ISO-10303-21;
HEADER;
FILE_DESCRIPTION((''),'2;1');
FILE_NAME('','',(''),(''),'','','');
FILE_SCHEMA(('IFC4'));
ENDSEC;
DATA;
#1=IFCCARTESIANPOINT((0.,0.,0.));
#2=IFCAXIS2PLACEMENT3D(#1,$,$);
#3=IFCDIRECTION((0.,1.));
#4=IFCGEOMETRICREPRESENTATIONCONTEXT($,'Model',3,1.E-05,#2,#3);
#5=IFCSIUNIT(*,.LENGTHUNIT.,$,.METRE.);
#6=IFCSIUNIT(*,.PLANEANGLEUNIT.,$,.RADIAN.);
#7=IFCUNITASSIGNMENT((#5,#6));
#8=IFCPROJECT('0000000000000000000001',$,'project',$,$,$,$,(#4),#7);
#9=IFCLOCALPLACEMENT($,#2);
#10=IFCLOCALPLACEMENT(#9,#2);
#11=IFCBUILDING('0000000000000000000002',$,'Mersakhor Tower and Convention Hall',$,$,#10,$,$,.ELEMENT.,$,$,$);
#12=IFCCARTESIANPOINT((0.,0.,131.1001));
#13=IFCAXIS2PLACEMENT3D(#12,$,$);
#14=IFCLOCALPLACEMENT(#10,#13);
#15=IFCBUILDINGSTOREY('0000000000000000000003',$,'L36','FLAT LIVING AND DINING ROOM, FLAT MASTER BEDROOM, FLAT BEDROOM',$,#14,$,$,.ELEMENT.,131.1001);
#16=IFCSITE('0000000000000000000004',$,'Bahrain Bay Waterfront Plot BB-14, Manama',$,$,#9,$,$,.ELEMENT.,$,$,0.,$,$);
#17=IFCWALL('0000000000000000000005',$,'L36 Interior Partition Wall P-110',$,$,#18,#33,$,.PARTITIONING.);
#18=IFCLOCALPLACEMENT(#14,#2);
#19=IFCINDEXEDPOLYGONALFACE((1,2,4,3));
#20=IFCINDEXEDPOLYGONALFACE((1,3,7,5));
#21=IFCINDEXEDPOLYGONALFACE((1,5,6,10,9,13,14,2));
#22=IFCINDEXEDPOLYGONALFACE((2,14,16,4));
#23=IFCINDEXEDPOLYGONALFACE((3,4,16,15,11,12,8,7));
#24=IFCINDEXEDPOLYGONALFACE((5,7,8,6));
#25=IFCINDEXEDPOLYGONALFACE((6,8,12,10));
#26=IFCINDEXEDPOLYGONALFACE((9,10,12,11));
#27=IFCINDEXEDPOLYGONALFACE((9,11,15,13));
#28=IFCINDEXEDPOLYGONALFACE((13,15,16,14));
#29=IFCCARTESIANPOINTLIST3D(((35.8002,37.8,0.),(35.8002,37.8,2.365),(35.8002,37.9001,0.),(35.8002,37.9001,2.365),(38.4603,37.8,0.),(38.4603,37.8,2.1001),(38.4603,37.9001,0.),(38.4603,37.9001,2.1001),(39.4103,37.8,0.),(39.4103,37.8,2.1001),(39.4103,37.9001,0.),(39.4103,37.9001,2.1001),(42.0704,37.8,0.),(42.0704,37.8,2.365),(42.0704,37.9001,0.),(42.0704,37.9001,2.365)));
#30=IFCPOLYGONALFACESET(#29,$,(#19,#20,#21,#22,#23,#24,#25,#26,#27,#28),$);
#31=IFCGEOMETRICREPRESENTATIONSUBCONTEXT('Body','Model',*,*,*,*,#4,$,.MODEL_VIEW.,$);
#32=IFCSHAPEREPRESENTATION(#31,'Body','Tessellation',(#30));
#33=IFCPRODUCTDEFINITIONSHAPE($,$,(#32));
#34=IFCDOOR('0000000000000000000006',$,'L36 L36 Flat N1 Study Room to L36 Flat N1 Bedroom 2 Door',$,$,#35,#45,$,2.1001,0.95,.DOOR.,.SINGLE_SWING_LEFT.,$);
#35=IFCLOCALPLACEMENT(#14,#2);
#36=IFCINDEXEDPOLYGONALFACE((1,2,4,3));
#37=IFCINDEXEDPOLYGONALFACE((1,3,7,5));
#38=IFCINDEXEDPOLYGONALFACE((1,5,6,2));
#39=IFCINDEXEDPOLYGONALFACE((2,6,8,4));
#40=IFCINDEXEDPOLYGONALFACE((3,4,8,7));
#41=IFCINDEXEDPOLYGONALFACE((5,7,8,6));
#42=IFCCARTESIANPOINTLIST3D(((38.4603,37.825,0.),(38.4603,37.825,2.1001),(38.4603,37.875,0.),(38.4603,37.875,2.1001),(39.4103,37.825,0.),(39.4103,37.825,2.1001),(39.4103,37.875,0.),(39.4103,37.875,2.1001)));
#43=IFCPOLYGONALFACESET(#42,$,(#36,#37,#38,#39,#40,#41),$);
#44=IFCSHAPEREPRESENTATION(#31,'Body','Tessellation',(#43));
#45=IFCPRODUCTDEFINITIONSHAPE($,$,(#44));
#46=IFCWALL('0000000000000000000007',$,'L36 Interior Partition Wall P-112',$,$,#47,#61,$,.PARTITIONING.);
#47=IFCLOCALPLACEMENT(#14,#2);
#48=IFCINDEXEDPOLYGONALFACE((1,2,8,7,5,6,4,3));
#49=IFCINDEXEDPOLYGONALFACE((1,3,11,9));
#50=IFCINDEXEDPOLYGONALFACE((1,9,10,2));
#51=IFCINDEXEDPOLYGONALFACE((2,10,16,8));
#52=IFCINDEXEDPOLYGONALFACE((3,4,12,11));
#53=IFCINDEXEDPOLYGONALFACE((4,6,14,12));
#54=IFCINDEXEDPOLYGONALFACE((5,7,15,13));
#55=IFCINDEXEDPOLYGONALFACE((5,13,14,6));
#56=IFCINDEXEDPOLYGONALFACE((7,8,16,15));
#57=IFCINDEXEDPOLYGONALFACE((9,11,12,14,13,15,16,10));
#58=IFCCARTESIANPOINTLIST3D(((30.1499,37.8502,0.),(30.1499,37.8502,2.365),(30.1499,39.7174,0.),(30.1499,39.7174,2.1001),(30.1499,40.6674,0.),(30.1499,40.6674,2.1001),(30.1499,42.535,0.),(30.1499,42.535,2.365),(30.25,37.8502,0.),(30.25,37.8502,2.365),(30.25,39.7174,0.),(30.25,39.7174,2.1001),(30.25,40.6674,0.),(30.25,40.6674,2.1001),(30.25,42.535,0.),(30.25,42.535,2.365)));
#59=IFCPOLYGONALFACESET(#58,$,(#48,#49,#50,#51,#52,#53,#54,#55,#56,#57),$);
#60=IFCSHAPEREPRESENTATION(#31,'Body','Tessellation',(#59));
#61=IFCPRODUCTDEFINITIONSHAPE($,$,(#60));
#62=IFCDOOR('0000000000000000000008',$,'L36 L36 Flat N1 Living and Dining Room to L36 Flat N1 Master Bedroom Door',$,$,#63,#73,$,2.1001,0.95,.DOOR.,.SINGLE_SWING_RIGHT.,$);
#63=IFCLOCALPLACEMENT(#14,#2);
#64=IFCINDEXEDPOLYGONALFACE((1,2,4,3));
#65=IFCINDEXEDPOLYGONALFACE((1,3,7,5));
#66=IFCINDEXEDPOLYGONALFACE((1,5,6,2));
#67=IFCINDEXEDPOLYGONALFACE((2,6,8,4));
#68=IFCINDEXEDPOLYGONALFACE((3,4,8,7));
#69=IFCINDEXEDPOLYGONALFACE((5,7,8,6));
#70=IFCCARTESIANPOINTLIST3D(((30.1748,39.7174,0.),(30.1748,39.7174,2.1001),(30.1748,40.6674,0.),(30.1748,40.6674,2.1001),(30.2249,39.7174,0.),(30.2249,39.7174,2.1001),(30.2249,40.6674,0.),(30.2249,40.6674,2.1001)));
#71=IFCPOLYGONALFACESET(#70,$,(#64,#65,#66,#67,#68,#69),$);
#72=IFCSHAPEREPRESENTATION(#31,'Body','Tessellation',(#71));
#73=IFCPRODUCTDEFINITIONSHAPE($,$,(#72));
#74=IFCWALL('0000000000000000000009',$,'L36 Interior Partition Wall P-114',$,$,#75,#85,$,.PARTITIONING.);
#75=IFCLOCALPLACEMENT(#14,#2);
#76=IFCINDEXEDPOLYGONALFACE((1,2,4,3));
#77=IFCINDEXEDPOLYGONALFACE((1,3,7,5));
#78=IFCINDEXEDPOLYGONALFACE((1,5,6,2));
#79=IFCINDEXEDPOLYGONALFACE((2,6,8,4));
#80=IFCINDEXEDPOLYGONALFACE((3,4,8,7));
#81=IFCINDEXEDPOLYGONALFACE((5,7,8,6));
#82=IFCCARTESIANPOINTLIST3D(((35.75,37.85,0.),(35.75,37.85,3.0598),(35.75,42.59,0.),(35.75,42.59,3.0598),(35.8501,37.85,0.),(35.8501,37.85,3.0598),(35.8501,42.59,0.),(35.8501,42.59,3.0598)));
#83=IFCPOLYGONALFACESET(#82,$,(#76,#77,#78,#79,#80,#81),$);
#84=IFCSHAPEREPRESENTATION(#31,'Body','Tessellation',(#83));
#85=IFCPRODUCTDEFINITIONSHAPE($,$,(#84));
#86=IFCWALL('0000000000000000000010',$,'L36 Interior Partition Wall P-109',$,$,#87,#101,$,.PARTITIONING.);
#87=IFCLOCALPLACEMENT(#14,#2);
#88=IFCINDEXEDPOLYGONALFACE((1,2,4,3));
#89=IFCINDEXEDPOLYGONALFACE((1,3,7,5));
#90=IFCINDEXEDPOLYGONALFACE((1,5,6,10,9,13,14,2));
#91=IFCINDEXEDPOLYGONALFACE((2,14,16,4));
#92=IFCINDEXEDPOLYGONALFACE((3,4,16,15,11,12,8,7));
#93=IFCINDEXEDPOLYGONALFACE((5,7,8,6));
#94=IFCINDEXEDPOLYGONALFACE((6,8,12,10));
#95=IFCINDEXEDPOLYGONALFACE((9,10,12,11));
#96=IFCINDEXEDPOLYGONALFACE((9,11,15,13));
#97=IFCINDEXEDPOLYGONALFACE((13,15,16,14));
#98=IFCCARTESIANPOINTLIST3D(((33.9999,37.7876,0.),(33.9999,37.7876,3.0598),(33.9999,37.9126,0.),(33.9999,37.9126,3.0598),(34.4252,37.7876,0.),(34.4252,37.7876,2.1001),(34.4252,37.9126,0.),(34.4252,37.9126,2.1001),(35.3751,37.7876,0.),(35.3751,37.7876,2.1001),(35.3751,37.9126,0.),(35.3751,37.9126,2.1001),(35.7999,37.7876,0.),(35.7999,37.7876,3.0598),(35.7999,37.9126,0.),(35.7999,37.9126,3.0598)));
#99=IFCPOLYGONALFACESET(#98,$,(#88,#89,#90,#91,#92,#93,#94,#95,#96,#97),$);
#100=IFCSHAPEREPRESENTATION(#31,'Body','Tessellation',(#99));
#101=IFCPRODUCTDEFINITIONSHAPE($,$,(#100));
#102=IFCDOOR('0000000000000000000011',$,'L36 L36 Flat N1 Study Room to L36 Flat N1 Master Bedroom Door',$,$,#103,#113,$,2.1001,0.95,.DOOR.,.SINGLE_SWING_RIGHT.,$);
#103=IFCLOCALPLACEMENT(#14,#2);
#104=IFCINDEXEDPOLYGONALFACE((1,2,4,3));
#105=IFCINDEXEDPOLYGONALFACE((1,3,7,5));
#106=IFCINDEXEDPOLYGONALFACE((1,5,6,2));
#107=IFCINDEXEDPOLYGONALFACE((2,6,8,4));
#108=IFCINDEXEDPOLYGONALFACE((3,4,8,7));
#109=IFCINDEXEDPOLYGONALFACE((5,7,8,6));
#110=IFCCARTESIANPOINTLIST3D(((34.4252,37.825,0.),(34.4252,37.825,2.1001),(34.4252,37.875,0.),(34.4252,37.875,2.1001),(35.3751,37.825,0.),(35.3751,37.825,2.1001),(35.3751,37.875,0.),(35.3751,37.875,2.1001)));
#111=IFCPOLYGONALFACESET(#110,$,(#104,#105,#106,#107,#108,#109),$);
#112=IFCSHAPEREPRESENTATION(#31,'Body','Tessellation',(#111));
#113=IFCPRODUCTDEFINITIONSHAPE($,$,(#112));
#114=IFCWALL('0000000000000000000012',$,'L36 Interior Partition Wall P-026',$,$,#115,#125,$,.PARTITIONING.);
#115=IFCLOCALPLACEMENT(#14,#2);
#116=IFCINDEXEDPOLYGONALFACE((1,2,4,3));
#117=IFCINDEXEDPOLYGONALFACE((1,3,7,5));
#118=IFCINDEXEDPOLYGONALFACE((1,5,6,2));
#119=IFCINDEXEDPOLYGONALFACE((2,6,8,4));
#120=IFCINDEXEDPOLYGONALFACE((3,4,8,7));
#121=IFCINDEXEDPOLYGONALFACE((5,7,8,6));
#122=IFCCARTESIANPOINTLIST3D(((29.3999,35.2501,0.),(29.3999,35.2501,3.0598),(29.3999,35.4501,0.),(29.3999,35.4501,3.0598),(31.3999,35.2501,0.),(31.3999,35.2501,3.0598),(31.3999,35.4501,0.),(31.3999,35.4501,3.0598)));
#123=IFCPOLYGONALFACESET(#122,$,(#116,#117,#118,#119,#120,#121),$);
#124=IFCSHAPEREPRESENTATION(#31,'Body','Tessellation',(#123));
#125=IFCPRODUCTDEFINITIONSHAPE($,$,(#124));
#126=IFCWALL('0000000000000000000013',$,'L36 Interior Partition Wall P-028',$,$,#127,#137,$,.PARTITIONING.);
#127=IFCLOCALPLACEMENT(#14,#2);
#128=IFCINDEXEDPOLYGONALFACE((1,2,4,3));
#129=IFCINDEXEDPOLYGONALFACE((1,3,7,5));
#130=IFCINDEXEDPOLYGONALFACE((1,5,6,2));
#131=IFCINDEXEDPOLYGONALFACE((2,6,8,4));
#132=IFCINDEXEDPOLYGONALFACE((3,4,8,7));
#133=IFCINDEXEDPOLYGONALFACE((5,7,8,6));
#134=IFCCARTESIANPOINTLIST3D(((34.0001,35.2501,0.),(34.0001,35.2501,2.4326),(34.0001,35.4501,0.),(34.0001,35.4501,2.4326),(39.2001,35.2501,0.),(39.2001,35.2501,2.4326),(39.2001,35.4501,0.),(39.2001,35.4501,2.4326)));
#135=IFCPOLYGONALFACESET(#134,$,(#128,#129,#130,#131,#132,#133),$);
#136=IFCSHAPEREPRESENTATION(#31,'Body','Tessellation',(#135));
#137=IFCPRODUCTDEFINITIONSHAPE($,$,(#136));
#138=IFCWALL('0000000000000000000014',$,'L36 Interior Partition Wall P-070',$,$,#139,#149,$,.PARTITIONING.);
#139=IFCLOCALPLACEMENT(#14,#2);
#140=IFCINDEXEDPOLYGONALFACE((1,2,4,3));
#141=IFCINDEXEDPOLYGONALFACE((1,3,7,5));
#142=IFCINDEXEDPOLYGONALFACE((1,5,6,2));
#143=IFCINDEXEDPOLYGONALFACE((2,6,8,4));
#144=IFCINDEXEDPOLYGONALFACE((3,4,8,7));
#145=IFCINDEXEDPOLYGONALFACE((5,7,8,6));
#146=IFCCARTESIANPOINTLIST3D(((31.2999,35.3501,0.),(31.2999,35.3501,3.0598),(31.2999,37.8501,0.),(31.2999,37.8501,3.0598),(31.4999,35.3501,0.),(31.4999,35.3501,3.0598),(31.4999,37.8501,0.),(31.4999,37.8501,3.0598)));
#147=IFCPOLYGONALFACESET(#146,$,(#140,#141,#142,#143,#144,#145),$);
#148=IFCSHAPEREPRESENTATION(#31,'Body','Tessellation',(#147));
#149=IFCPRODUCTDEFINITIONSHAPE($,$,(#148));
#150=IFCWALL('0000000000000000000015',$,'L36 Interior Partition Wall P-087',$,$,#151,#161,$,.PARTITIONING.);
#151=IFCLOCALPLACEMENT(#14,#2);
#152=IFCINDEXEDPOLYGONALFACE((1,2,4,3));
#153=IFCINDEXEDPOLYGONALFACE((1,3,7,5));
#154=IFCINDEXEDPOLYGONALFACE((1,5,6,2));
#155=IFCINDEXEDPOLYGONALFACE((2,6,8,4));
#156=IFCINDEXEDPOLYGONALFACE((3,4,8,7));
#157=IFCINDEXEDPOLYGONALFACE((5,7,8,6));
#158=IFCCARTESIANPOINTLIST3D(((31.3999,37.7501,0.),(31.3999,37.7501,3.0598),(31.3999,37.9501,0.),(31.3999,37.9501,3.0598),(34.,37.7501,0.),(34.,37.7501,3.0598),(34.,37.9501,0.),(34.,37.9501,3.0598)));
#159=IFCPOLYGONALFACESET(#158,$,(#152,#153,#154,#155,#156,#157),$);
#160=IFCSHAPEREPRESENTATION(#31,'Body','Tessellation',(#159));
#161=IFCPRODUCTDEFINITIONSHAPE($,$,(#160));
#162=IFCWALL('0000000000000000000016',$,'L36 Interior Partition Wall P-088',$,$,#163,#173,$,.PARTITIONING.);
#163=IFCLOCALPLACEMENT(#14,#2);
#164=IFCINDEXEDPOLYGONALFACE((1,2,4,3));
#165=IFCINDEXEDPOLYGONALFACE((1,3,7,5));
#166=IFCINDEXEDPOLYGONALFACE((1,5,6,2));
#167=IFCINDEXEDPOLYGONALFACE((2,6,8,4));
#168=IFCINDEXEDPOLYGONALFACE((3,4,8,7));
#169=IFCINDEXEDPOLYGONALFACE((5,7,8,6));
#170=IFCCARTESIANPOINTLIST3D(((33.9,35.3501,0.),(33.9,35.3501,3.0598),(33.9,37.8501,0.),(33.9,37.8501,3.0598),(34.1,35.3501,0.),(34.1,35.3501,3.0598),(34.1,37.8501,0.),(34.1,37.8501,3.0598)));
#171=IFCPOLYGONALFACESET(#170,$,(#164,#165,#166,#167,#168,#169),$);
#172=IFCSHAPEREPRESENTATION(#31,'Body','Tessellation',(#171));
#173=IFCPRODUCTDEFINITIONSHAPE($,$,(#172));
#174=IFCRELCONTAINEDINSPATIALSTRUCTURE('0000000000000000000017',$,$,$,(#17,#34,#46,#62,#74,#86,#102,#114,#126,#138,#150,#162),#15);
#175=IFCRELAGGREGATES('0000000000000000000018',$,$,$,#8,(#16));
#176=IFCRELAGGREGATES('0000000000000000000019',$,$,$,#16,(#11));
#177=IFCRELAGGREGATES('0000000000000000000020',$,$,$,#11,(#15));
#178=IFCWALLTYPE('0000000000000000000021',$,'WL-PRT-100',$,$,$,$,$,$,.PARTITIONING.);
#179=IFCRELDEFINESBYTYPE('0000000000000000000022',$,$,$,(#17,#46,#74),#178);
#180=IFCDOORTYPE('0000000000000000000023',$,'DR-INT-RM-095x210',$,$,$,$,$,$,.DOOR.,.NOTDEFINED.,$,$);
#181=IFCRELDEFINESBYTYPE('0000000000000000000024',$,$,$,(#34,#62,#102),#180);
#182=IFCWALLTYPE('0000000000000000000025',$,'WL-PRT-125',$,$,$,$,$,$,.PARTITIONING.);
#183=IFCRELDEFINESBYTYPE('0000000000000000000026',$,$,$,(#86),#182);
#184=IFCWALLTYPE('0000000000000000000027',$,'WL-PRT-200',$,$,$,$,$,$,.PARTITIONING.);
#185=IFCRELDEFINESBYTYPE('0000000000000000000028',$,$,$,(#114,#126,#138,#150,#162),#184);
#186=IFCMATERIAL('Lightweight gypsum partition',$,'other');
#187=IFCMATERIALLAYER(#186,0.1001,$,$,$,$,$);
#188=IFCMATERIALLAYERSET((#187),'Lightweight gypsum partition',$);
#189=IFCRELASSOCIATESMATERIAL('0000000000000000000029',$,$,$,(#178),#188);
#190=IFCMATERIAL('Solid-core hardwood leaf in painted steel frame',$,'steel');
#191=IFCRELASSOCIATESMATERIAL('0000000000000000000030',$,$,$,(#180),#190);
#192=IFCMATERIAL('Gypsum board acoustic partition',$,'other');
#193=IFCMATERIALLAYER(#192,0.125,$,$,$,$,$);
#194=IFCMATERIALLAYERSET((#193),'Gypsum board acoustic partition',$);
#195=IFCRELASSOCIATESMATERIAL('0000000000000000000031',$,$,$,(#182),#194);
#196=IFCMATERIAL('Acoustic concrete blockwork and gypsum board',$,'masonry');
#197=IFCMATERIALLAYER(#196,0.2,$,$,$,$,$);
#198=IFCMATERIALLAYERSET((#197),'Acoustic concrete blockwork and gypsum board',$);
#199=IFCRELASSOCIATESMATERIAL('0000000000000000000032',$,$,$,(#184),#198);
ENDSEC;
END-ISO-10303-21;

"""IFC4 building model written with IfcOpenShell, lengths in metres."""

from ifc_helpers import new_model, si_unit, direction, frame, frame_2d, origin, place, context, subcontext, project, spatial, rectangle, extrude, material, layer, layer_set, type_object, element, fill, save


model = new_model("IFC4")

# Units and contexts
model_context = context("Model", 3, precision=1e-05, world=origin(), true_north=direction((0.0, 1.0)))
body_context = subcontext(model_context, "Body", "Model", "MODEL_VIEW")
ifc_project = project(units=[si_unit("LENGTHUNIT", "METRE"), si_unit("PLANEANGLEUNIT", "RADIAN")], contexts=[model_context])

# Site, building, storey
site_placement = place(None, origin())
site = spatial("IfcSite", under=ifc_project, at=site_placement, Name="Bahrain Bay Waterfront Plot BB-14, Manama", CompositionType="ELEMENT", RefElevation=0.0)
building_placement = place(site_placement, origin())
building = spatial("IfcBuilding", under=site, at=building_placement, Name="Mersakhor Tower and Convention Hall", CompositionType="ELEMENT")
storey_placement = place(building_placement, frame((0.0, 0.0, 131.1001)))
storey = spatial("IfcBuildingStorey", under=building, at=storey_placement, Name="L36", Description="FLAT LIVING AND DINING ROOM, FLAT MASTER BEDROOM, FLAT BEDROOM", CompositionType="ELEMENT", Elevation=131.1001)

# Walls, openings, doors
ifc_material_1 = material(Name="Lightweight gypsum partition", Category="other")
ifc_layer_1 = layer(ifc_material_1, 0.1001)
ifc_layer_set_1 = layer_set([ifc_layer_1], Name="Lightweight gypsum partition")
wall_type_1 = type_object("IfcWallType", Name="WL-PRT-100", PredefinedType="PARTITIONING", material=ifc_layer_set_1)
wall_1_placement = place(storey_placement, frame((35.8, 37.8501, 0.0), z_axis=(0.0, 0.0, 1.0), x_axis=(1.0, 0.0, 0.0)))
wall_1 = element("IfcWall", 1, at=wall_1_placement, inside=storey, type_object=wall_type_1, Name="L36 Interior Partition Wall P-110", PredefinedType="PARTITIONING", context=body_context, shape_type="SweptSolid", body=[
    extrude(rectangle(XDim=6.2703, YDim=0.1001, at=frame_2d((3.1353, 0.0))), origin(), (0.0, 0.0, 1.0), 2.365),
])
opening_1_placement = place(wall_1_placement, frame((2.6602, 0.0, 0.0)))
opening_1 = element("IfcOpeningElement", 2, at=opening_1_placement, cuts=wall_1, PredefinedType="OPENING", context=body_context, shape_type="SweptSolid", body=[
    extrude(rectangle(XDim=0.95, YDim=2.1001, at=frame_2d((0.4751, 1.05))), frame((0.0, 0.0601, 0.0), z_axis=(0.0, -1.0, 0.0), x_axis=(1.0, 0.0, 0.0)), (0.0, 0.0, 1.0), 0.1201),
])
ifc_material_2 = material(Name="Solid-core hardwood leaf in painted steel frame", Category="steel")
door_type_1 = type_object("IfcDoorType", Name="DR-INT-RM-095x210", OperationType="NOTDEFINED", PredefinedType="DOOR", material=ifc_material_2)
door_1_placement = place(opening_1_placement, origin())
door_1 = element("IfcDoor", 3, at=door_1_placement, inside=storey, type_object=door_type_1, Name="L36 L36 Flat N1 Study Room to L36 Flat N1 Bedroom 2 Door", OperationType="SINGLE_SWING_LEFT", OverallHeight=2.1001, OverallWidth=0.95, PredefinedType="DOOR", context=body_context, shape_type="SweptSolid", body=[
    extrude(rectangle(XDim=0.95, YDim=2.1001, at=frame_2d((0.4751, 1.05))), frame((0.0, 0.0249, 0.0), z_axis=(0.0, -1.0, 0.0), x_axis=(1.0, 0.0, 0.0)), (0.0, 0.0, 1.0), 0.05),
])
fill(opening_1, door_1)
wall_2_placement = place(storey_placement, frame((30.2, 42.5349, 0.0), z_axis=(0.0, 0.0, 1.0), x_axis=(0.0, -1.0, 0.0)))
wall_2 = element("IfcWall", 4, at=wall_2_placement, inside=storey, type_object=wall_type_1, Name="L36 Interior Partition Wall P-112", PredefinedType="PARTITIONING", context=body_context, shape_type="SweptSolid", body=[
    extrude(rectangle(XDim=4.6848, YDim=0.1001, at=frame_2d((2.3423, 0.0))), origin(), (0.0, 0.0, 1.0), 2.365),
])
opening_2_placement = place(wall_2_placement, frame((1.8674, 0.0, 0.0)))
opening_2 = element("IfcOpeningElement", 5, at=opening_2_placement, cuts=wall_2, PredefinedType="OPENING", context=body_context, shape_type="SweptSolid", body=[
    extrude(rectangle(XDim=0.95, YDim=2.1001, at=frame_2d((0.4751, 1.05))), frame((0.0, 0.0601, 0.0), z_axis=(0.0, -1.0, 0.0), x_axis=(1.0, 0.0, 0.0)), (0.0, 0.0, 1.0), 0.1201),
])
door_2_placement = place(opening_2_placement, origin())
door_2 = element("IfcDoor", 6, at=door_2_placement, inside=storey, type_object=door_type_1, Name="L36 L36 Flat N1 Living and Dining Room to L36 Flat N1 Master Bedroom Door", OperationType="SINGLE_SWING_RIGHT", OverallHeight=2.1001, OverallWidth=0.95, PredefinedType="DOOR", context=body_context, shape_type="SweptSolid", body=[
    extrude(rectangle(XDim=0.95, YDim=2.1001, at=frame_2d((0.4751, 1.05))), frame((0.0, 0.0249, 0.0), z_axis=(0.0, -1.0, 0.0), x_axis=(1.0, 0.0, 0.0)), (0.0, 0.0, 1.0), 0.05),
])
fill(opening_2, door_2)

# Wall
wall_3_placement = place(storey_placement, frame((35.8, 42.5901, 0.0), z_axis=(0.0, 0.0, 1.0), x_axis=(0.0, -1.0, 0.0)))
element("IfcWall", 7, at=wall_3_placement, inside=storey, type_object=wall_type_1, Name="L36 Interior Partition Wall P-114", PredefinedType="PARTITIONING", context=body_context, shape_type="SweptSolid", body=[
    extrude(rectangle(XDim=4.74, YDim=0.1001, at=frame_2d((2.3701, 0.0))), origin(), (0.0, 0.0, 1.0), 3.0598),
])

# Wall, opening, door
ifc_material_3 = material(Name="Gypsum board acoustic partition", Category="other")
ifc_layer_2 = layer(ifc_material_3, 0.125)
ifc_layer_set_2 = layer_set([ifc_layer_2], Name="Gypsum board acoustic partition")
wall_type_2 = type_object("IfcWallType", Name="WL-PRT-125", PredefinedType="PARTITIONING", material=ifc_layer_set_2)
wall_4_placement = place(storey_placement, frame((34.0, 37.8501, 0.0), z_axis=(0.0, 0.0, 1.0), x_axis=(1.0, 0.0, 0.0)))
wall_4 = element("IfcWall", 8, at=wall_4_placement, inside=storey, type_object=wall_type_2, Name="L36 Interior Partition Wall P-109", PredefinedType="PARTITIONING", context=body_context, shape_type="SweptSolid", body=[
    extrude(rectangle(XDim=1.8, YDim=0.125, at=frame_2d((0.8999, 0.0))), origin(), (0.0, 0.0, 1.0), 3.0598),
])
opening_3_placement = place(wall_4_placement, frame((0.425, 0.0, 0.0)))
opening_3 = element("IfcOpeningElement", 9, at=opening_3_placement, cuts=wall_4, PredefinedType="OPENING", context=body_context, shape_type="SweptSolid", body=[
    extrude(rectangle(XDim=0.95, YDim=2.1001, at=frame_2d((0.4751, 1.05))), frame((0.0, 0.0725, 0.0), z_axis=(0.0, -1.0, 0.0), x_axis=(1.0, 0.0, 0.0)), (0.0, 0.0, 1.0), 0.145),
])
door_3_placement = place(opening_3_placement, origin())
door_3 = element("IfcDoor", 10, at=door_3_placement, inside=storey, type_object=door_type_1, Name="L36 L36 Flat N1 Study Room to L36 Flat N1 Master Bedroom Door", OperationType="SINGLE_SWING_RIGHT", OverallHeight=2.1001, OverallWidth=0.95, PredefinedType="DOOR", context=body_context, shape_type="SweptSolid", body=[
    extrude(rectangle(XDim=0.95, YDim=2.1001, at=frame_2d((0.4751, 1.05))), frame((0.0, 0.0249, 0.0), z_axis=(0.0, -1.0, 0.0), x_axis=(1.0, 0.0, 0.0)), (0.0, 0.0, 1.0), 0.05),
])
fill(opening_3, door_3)

# Wall
ifc_material_4 = material(Name="Acoustic concrete blockwork and gypsum board", Category="masonry")
ifc_layer_3 = layer(ifc_material_4, 0.2)
ifc_layer_set_3 = layer_set([ifc_layer_3], Name="Acoustic concrete blockwork and gypsum board")
wall_type_3 = type_object("IfcWallType", Name="WL-PRT-200", PredefinedType="PARTITIONING", material=ifc_layer_set_3)
wall_5_placement = place(storey_placement, frame((29.3999, 35.3501, 0.0), z_axis=(0.0, 0.0, 1.0), x_axis=(1.0, 0.0, 0.0)))
element("IfcWall", 11, at=wall_5_placement, inside=storey, type_object=wall_type_3, Name="L36 Interior Partition Wall P-026", PredefinedType="PARTITIONING", context=body_context, shape_type="SweptSolid", body=[
    extrude(rectangle(XDim=2.0, YDim=0.2, at=frame_2d((1.0, 0.0))), origin(), (0.0, 0.0, 1.0), 3.0598),
])

# Walls
wall_6_placement = place(storey_placement, frame((34.0, 35.3501, 0.0), z_axis=(0.0, 0.0, 1.0), x_axis=(1.0, 0.0, 0.0)))
element("IfcWall", 12, at=wall_6_placement, inside=storey, type_object=wall_type_3, Name="L36 Interior Partition Wall P-028", PredefinedType="PARTITIONING", context=body_context, shape_type="SweptSolid", body=[
    extrude(rectangle(XDim=5.2, YDim=0.2, at=frame_2d((2.6001, 0.0))), origin(), (0.0, 0.0, 1.0), 2.4326),
])
wall_7_placement = place(storey_placement, frame((31.3999, 37.8501, 0.0), z_axis=(0.0, 0.0, 1.0), x_axis=(0.0, -1.0, 0.0)))
element("IfcWall", 13, at=wall_7_placement, inside=storey, type_object=wall_type_3, Name="L36 Interior Partition Wall P-070", PredefinedType="PARTITIONING", context=body_context, shape_type="SweptSolid", body=[
    extrude(rectangle(XDim=2.5, YDim=0.2, at=frame_2d((1.25, 0.0))), origin(), (0.0, 0.0, 1.0), 3.0598),
])
wall_8_placement = place(storey_placement, frame((31.3999, 37.8501, 0.0), z_axis=(0.0, 0.0, 1.0), x_axis=(1.0, 0.0, 0.0)))
element("IfcWall", 14, at=wall_8_placement, inside=storey, type_object=wall_type_3, Name="L36 Interior Partition Wall P-087", PredefinedType="PARTITIONING", context=body_context, shape_type="SweptSolid", body=[
    extrude(rectangle(XDim=2.6001, YDim=0.2, at=frame_2d((1.3, 0.0))), origin(), (0.0, 0.0, 1.0), 3.0598),
])
wall_9_placement = place(storey_placement, frame((34.0, 37.8501, 0.0), z_axis=(0.0, 0.0, 1.0), x_axis=(0.0, -1.0, 0.0)))
element("IfcWall", 15, at=wall_9_placement, inside=storey, type_object=wall_type_3, Name="L36 Interior Partition Wall P-088", PredefinedType="PARTITIONING", context=body_context, shape_type="SweptSolid", body=[
    extrude(rectangle(XDim=2.5, YDim=0.2, at=frame_2d((1.25, 0.0))), origin(), (0.0, 0.0, 1.0), 3.0598),
])

save(model, "model.ifc")
